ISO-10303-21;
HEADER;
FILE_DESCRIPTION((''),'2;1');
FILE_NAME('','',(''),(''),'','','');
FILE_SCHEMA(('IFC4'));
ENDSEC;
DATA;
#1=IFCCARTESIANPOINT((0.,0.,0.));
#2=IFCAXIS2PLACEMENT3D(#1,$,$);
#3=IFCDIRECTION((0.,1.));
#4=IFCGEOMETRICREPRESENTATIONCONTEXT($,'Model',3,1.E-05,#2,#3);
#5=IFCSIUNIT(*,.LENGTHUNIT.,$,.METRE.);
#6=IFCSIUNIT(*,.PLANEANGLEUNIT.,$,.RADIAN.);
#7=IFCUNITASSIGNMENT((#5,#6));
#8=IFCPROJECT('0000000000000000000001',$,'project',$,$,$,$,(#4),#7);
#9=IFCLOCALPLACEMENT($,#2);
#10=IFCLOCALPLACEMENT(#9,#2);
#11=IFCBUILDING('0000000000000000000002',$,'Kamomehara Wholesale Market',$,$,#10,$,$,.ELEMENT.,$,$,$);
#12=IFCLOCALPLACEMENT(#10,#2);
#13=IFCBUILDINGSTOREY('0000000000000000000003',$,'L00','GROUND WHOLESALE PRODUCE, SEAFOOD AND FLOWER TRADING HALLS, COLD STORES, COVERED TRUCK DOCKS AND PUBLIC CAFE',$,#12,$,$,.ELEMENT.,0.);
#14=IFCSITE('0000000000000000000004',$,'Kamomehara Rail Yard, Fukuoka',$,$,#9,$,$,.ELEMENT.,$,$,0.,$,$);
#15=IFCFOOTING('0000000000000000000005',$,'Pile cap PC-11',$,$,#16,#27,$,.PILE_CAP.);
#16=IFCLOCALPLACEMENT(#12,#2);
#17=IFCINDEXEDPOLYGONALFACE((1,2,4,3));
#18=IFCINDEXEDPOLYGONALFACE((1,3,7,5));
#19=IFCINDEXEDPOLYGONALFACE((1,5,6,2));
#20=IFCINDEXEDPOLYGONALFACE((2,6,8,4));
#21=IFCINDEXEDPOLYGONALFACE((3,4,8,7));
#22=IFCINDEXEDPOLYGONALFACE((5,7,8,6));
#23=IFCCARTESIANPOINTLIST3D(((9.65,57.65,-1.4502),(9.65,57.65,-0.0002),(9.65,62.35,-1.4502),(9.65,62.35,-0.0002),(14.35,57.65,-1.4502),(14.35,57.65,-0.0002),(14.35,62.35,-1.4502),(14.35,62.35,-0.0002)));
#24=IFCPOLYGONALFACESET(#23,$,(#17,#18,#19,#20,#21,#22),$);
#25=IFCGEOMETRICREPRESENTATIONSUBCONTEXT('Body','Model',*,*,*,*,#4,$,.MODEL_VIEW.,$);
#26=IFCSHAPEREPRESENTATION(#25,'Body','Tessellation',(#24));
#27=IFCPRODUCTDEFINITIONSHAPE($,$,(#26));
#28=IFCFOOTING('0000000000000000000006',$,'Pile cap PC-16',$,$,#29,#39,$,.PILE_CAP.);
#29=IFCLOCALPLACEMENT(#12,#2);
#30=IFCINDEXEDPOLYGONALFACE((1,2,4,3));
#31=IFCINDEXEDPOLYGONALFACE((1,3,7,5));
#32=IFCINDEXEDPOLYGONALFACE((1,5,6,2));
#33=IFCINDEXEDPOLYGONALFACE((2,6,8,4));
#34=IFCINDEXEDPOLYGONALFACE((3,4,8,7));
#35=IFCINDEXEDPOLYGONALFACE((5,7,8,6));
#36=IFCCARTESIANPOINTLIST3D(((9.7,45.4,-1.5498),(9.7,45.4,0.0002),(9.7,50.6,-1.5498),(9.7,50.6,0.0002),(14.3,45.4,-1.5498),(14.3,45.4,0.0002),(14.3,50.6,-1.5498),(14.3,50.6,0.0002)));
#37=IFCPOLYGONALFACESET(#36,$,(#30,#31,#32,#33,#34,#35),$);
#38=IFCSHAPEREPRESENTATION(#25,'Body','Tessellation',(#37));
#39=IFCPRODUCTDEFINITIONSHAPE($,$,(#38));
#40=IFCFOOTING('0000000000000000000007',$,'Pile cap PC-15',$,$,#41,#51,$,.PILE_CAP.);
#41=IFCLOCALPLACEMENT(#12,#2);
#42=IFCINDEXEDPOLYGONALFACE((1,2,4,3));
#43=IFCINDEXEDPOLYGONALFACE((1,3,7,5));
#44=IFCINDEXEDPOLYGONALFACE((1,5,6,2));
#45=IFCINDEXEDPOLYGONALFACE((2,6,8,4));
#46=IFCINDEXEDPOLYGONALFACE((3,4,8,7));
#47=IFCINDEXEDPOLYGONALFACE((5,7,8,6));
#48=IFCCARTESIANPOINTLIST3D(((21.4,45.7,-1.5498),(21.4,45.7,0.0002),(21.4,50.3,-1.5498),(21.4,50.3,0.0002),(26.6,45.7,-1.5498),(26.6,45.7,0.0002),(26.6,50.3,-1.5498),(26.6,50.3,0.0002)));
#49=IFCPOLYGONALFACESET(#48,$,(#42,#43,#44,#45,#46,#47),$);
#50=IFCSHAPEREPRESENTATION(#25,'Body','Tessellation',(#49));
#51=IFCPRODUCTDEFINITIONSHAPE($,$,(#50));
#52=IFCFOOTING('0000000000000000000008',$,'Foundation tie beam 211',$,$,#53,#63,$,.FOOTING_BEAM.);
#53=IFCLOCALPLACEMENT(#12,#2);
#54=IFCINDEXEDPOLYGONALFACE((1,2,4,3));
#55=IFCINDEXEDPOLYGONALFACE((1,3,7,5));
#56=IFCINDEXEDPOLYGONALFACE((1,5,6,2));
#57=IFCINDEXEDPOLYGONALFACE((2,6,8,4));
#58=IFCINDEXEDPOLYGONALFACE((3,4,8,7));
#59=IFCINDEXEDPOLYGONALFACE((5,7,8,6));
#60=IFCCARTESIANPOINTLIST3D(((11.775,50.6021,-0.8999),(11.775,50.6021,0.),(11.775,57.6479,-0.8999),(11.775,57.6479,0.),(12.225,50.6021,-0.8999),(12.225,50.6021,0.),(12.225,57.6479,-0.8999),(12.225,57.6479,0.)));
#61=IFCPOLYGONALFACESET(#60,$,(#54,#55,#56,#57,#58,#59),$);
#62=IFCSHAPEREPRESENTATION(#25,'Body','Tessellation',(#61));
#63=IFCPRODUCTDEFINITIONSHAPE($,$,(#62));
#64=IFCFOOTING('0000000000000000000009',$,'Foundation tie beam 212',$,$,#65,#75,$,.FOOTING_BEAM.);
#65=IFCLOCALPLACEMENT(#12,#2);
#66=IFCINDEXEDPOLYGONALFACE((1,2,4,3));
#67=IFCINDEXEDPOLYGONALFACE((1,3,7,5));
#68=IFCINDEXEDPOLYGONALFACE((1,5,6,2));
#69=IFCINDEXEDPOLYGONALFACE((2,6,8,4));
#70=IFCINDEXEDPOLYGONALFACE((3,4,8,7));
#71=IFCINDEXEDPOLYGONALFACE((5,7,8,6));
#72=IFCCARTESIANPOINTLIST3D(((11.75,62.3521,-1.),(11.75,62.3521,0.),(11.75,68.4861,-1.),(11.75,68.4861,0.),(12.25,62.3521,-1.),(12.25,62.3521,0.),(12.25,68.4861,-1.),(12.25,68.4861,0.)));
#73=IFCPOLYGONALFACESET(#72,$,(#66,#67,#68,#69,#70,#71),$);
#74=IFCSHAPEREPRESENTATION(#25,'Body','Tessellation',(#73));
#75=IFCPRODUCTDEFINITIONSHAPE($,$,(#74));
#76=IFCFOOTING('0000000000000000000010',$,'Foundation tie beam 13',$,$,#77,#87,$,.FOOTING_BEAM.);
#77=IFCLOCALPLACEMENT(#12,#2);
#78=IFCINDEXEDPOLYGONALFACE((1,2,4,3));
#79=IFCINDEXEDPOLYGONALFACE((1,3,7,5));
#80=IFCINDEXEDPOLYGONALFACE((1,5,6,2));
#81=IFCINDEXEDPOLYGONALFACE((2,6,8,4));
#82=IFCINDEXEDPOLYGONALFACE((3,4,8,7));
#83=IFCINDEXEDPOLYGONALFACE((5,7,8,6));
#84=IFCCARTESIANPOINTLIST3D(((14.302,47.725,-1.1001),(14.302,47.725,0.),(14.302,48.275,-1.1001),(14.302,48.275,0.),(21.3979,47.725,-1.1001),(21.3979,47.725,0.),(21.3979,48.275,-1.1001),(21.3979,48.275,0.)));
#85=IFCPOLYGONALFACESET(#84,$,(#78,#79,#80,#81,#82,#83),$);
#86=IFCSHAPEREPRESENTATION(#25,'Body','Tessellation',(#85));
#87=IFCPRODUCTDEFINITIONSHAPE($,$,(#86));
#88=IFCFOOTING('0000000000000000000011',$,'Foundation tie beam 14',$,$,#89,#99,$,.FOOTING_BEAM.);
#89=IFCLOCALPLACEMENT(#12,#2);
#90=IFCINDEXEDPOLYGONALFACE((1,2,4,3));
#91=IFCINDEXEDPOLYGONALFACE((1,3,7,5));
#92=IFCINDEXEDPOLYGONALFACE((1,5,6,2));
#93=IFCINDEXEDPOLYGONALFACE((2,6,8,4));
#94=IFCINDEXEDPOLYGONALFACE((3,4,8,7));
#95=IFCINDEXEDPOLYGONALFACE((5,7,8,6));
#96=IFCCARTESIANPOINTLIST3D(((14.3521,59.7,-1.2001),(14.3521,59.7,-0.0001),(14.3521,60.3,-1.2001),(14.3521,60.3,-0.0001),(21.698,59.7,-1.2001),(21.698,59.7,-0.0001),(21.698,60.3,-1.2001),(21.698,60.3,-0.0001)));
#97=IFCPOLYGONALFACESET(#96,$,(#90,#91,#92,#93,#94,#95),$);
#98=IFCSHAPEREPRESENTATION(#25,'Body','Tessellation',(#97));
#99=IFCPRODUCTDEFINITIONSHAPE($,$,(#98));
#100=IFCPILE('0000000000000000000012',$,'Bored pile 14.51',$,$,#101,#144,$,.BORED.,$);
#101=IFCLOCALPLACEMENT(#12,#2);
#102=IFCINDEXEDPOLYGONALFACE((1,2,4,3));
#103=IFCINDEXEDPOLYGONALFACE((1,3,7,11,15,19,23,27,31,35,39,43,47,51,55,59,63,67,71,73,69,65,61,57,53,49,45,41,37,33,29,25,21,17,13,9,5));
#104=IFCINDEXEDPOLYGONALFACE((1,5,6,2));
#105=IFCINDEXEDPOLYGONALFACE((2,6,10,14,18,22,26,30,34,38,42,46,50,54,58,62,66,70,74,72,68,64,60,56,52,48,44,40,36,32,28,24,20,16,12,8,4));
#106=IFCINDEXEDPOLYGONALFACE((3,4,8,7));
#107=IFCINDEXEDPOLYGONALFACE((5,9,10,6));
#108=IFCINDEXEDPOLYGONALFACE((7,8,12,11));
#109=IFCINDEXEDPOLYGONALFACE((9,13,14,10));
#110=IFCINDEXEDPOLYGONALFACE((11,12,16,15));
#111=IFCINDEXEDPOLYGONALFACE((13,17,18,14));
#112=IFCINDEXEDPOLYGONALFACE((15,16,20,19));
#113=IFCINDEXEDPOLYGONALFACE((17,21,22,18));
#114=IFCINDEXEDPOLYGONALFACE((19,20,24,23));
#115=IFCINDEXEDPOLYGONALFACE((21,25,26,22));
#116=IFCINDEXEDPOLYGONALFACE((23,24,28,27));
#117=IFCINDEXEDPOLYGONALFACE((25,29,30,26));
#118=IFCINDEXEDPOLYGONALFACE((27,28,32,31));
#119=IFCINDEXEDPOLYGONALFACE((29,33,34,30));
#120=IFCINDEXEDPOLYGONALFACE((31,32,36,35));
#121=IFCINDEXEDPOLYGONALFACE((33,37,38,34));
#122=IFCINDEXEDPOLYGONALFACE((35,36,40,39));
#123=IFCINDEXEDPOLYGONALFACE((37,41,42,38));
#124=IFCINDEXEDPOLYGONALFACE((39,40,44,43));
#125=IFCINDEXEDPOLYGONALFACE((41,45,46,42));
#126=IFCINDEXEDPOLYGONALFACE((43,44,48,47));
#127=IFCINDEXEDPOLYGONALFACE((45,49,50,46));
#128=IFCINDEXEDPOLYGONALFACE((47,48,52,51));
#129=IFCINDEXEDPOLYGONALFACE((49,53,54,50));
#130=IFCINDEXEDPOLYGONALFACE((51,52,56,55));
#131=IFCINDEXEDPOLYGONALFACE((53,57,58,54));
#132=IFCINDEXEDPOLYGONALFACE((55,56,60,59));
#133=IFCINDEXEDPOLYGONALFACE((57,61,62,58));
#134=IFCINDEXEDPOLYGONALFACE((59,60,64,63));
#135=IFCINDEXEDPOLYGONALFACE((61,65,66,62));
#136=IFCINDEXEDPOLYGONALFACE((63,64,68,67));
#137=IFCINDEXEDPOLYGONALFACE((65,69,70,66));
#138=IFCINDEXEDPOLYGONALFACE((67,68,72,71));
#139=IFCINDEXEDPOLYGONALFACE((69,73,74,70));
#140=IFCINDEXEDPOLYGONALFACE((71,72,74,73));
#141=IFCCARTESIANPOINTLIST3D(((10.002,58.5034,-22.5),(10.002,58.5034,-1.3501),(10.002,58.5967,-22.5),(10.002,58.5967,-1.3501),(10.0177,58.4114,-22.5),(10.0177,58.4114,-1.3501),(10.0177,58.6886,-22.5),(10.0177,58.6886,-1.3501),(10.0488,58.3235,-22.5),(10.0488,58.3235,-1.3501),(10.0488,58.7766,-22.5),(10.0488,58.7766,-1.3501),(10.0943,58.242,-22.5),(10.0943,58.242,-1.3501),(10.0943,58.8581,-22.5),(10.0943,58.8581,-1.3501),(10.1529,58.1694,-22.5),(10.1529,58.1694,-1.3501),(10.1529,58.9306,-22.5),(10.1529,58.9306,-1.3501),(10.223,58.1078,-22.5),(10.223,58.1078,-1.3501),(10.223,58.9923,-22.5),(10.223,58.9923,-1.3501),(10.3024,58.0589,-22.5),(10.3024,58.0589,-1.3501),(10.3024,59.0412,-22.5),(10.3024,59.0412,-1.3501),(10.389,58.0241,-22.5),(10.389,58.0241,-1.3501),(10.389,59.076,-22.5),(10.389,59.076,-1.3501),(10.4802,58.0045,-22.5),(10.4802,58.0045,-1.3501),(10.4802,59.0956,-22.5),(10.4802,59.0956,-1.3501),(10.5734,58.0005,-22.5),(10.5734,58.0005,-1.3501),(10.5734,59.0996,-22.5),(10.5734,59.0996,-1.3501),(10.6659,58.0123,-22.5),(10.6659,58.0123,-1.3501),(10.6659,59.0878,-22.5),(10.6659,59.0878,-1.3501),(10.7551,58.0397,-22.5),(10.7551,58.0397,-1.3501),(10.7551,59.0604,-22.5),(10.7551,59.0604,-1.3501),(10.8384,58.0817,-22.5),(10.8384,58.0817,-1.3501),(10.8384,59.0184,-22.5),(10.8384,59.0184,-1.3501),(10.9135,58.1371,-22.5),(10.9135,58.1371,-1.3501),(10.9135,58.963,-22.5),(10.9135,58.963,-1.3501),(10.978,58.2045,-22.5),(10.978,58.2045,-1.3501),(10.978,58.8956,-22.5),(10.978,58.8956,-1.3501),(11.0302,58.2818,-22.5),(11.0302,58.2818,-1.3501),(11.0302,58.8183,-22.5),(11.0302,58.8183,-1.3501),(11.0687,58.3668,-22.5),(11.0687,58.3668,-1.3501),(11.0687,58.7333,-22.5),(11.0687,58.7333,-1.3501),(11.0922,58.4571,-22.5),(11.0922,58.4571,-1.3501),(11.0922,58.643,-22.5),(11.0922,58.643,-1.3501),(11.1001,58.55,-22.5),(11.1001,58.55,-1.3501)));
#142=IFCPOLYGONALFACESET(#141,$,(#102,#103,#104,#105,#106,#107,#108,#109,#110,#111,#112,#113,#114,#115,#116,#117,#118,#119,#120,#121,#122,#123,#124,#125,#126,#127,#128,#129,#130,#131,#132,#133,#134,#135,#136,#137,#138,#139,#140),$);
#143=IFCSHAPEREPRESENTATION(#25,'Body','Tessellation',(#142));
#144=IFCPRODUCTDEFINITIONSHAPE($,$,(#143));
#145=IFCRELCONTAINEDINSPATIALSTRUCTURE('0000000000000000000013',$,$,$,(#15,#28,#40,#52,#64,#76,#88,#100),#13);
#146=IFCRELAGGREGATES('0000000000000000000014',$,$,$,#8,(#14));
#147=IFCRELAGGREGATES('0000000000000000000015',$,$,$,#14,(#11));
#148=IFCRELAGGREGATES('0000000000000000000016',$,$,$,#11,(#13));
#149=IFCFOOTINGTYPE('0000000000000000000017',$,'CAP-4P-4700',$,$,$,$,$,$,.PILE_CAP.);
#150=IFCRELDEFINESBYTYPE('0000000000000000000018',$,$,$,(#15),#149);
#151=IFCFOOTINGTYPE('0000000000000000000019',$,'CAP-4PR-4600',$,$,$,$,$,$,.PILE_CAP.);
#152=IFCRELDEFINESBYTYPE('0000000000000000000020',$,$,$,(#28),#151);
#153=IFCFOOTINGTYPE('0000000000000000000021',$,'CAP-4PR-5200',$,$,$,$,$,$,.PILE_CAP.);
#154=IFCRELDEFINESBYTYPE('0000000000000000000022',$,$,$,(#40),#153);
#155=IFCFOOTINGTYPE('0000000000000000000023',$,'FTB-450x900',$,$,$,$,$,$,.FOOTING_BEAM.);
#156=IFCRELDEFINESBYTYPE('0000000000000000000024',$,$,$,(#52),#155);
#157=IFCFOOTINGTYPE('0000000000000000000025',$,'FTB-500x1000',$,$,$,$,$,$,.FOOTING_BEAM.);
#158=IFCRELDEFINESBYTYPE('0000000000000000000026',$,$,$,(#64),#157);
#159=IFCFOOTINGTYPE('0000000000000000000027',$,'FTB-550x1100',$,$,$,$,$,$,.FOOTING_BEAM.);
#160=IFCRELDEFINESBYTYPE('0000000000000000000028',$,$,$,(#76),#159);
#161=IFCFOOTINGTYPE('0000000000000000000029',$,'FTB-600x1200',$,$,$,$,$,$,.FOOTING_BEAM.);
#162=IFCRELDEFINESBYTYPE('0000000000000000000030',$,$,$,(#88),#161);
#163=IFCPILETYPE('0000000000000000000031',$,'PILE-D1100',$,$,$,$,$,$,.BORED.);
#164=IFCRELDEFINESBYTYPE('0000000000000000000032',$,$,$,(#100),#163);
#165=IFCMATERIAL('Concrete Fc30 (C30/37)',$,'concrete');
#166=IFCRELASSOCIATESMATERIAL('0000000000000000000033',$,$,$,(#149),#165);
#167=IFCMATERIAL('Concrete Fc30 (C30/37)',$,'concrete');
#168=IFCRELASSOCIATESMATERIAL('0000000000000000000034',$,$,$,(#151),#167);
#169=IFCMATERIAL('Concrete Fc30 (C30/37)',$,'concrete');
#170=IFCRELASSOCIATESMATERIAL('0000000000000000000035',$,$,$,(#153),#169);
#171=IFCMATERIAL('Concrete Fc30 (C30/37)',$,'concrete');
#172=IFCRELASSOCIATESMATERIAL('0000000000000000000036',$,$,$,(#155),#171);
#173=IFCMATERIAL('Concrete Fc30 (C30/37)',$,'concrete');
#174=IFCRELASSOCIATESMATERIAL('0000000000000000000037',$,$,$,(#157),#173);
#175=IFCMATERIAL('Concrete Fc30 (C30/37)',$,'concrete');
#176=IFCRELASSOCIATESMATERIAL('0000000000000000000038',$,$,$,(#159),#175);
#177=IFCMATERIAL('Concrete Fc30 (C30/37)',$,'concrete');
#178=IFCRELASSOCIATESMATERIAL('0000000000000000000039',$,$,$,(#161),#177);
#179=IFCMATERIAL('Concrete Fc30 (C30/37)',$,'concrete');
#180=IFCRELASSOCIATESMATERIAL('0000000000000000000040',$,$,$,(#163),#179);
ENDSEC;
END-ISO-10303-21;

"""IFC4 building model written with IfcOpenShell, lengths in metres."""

from ifc_helpers import new_model, si_unit, direction, frame, origin, origin_2d, place, context, subcontext, project, spatial, rectangle, circle, extrude, material, material_profile, profile_set, type_object, element, save


model = new_model("IFC4")

# Units and contexts
model_context = context("Model", 3, precision=1e-05, world=origin(), true_north=direction((0.0, 1.0)))
body_context = subcontext(model_context, "Body", "Model", "MODEL_VIEW")
ifc_project = project(units=[si_unit("LENGTHUNIT", "METRE"), si_unit("PLANEANGLEUNIT", "RADIAN")], contexts=[model_context])

# Site, building, storey
site_placement = place(None, origin())
site = spatial("IfcSite", under=ifc_project, at=site_placement, Name="Kamomehara Rail Yard, Fukuoka", CompositionType="ELEMENT", RefElevation=0.0)
building_placement = place(site_placement, origin())
building = spatial("IfcBuilding", under=site, at=building_placement, Name="Kamomehara Wholesale Market", CompositionType="ELEMENT")
storey_placement = place(building_placement, origin())
storey = spatial("IfcBuildingStorey", under=building, at=storey_placement, Name="L00", Description="GROUND WHOLESALE PRODUCE, SEAFOOD AND FLOWER TRADING HALLS, COLD STORES, COVERED TRUCK DOCKS AND PUBLIC CAFE", CompositionType="ELEMENT", Elevation=0.0)

# Footings
ifc_material_1 = material(Name="Concrete Fc30 (C30/37)", Category="concrete")
footing_type_1 = type_object("IfcFootingType", Name="CAP-4P-4700", PredefinedType="PILE_CAP", material=ifc_material_1)
footing_1_placement = place(storey_placement, frame((12.0, 60.0, -1.4502), z_axis=(0.0, 0.0, 1.0), x_axis=(1.0, 0.0, 0.0)))
element("IfcFooting", 1, at=footing_1_placement, inside=storey, type_object=footing_type_1, Name="Pile cap PC-11", PredefinedType="PILE_CAP", context=body_context, shape_type="SweptSolid", body=[
    extrude(rectangle(XDim=4.7, YDim=4.7, at=origin_2d()), origin(), (0.0, 0.0, 1.0), 1.45),
])
ifc_material_2 = material(Name="Concrete Fc30 (C30/37)", Category="concrete")
footing_type_2 = type_object("IfcFootingType", Name="CAP-4PR-4600", PredefinedType="PILE_CAP", material=ifc_material_2)
footing_2_placement = place(storey_placement, frame((12.0, 48.0, -1.5498), z_axis=(0.0, 0.0, 1.0), x_axis=(1.0, 0.0, 0.0)))
element("IfcFooting", 2, at=footing_2_placement, inside=storey, type_object=footing_type_2, Name="Pile cap PC-16", PredefinedType="PILE_CAP", context=body_context, shape_type="SweptSolid", body=[
    extrude(rectangle(XDim=4.6001, YDim=5.2, at=origin_2d()), origin(), (0.0, 0.0, 1.0), 1.55),
])
ifc_material_3 = material(Name="Concrete Fc30 (C30/37)", Category="concrete")
footing_type_3 = type_object("IfcFootingType", Name="CAP-4PR-5200", PredefinedType="PILE_CAP", material=ifc_material_3)
footing_3_placement = place(storey_placement, frame((24.0, 48.0, -1.5498), z_axis=(0.0, 0.0, 1.0), x_axis=(1.0, 0.0, 0.0)))
element("IfcFooting", 3, at=footing_3_placement, inside=storey, type_object=footing_type_3, Name="Pile cap PC-15", PredefinedType="PILE_CAP", context=body_context, shape_type="SweptSolid", body=[
    extrude(rectangle(XDim=5.2, YDim=4.6001, at=origin_2d()), origin(), (0.0, 0.0, 1.0), 1.55),
])
ifc_material_4 = material(Name="Concrete Fc30 (C30/37)", Category="concrete")
ifc_material_profile_1 = material_profile(ifc_material_4, rectangle(XDim=0.45, YDim=0.8999, at=origin_2d()), Name="RC-FTB-450x900")
ifc_profile_set_1 = profile_set([ifc_material_profile_1], Name="Concrete Fc30 (C30/37)")
footing_type_4 = type_object("IfcFootingType", Name="FTB-450x900", PredefinedType="FOOTING_BEAM", material=ifc_profile_set_1)
footing_4_placement = place(storey_placement, frame((12.0, 50.6021, -0.45), z_axis=(0.0, 1.0, 0.0), x_axis=(-1.0, 0.0, 0.0)))
element("IfcFooting", 4, at=footing_4_placement, inside=storey, type_object=footing_type_4, Name="Foundation tie beam 211", PredefinedType="FOOTING_BEAM", context=body_context, shape_type="SweptSolid", body=[
    extrude(rectangle(XDim=0.45, YDim=0.8999, at=origin_2d()), origin(), (0.0, 0.0, 1.0), 7.0459),
])
ifc_material_5 = material(Name="Concrete Fc30 (C30/37)", Category="concrete")
ifc_material_profile_2 = material_profile(ifc_material_5, rectangle(XDim=0.5, YDim=1.0, at=origin_2d()), Name="RC-FTB-500x1000")
ifc_profile_set_2 = profile_set([ifc_material_profile_2], Name="Concrete Fc30 (C30/37)")
footing_type_5 = type_object("IfcFootingType", Name="FTB-500x1000", PredefinedType="FOOTING_BEAM", material=ifc_profile_set_2)
footing_5_placement = place(storey_placement, frame((12.0, 62.3521, -0.5), z_axis=(0.0, 1.0, 0.0), x_axis=(-1.0, 0.0, 0.0)))
element("IfcFooting", 5, at=footing_5_placement, inside=storey, type_object=footing_type_5, Name="Foundation tie beam 212", PredefinedType="FOOTING_BEAM", context=body_context, shape_type="SweptSolid", body=[
    extrude(rectangle(XDim=0.5, YDim=1.0, at=origin_2d()), origin(), (0.0, 0.0, 1.0), 6.134),
])
ifc_material_6 = material(Name="Concrete Fc30 (C30/37)", Category="concrete")
ifc_material_profile_3 = material_profile(ifc_material_6, rectangle(XDim=0.55, YDim=1.1001, at=origin_2d()), Name="RC-FTB-550x1100")
ifc_profile_set_3 = profile_set([ifc_material_profile_3], Name="Concrete Fc30 (C30/37)")
footing_type_6 = type_object("IfcFootingType", Name="FTB-550x1100", PredefinedType="FOOTING_BEAM", material=ifc_profile_set_3)
footing_6_placement = place(storey_placement, frame((14.302, 48.0, -0.55), z_axis=(1.0, 0.0, 0.0), x_axis=(0.0, 1.0, 0.0)))
element("IfcFooting", 6, at=footing_6_placement, inside=storey, type_object=footing_type_6, Name="Foundation tie beam 13", PredefinedType="FOOTING_BEAM", context=body_context, shape_type="SweptSolid", body=[
    extrude(rectangle(XDim=0.55, YDim=1.1001, at=origin_2d()), origin(), (0.0, 0.0, 1.0), 7.0959),
])
ifc_material_7 = material(Name="Concrete Fc30 (C30/37)", Category="concrete")
ifc_material_profile_4 = material_profile(ifc_material_7, rectangle(XDim=0.6001, YDim=1.2, at=origin_2d()), Name="RC-FTB-600x1200")
ifc_profile_set_4 = profile_set([ifc_material_profile_4], Name="Concrete Fc30 (C30/37)")
footing_type_7 = type_object("IfcFootingType", Name="FTB-600x1200", PredefinedType="FOOTING_BEAM", material=ifc_profile_set_4)
footing_7_placement = place(storey_placement, frame((14.3521, 60.0, -0.6001), z_axis=(1.0, 0.0, 0.0), x_axis=(0.0, 1.0, 0.0)))
element("IfcFooting", 7, at=footing_7_placement, inside=storey, type_object=footing_type_7, Name="Foundation tie beam 14", PredefinedType="FOOTING_BEAM", context=body_context, shape_type="SweptSolid", body=[
    extrude(rectangle(XDim=0.6001, YDim=1.2, at=origin_2d()), origin(), (0.0, 0.0, 1.0), 7.3459),
])

# Pile
ifc_material_8 = material(Name="Concrete Fc30 (C30/37)", Category="concrete")
ifc_material_profile_5 = material_profile(ifc_material_8, circle(Radius=0.55, at=origin_2d()), Name="RC-PILE-D1100")
ifc_profile_set_5 = profile_set([ifc_material_profile_5], Name="Concrete Fc30 (C30/37)")
pile_type_1 = type_object("IfcPileType", Name="PILE-D1100", PredefinedType="BORED", material=ifc_profile_set_5)
for number, where, z_axis, x_axis, name in (
    (8, (10.55, 58.55, -1.3501), (0.0, 0.0, -1.0), (1.0, 0.0, 0.0), "Bored pile 14.51"),
):
    element("IfcPile", number, at=place(storey_placement, frame(where, z_axis=z_axis, x_axis=x_axis)), inside=storey, type_object=pile_type_1, Name=name, PredefinedType="BORED", context=body_context, shape_type="SweptSolid", body=[
        extrude(circle(Radius=0.55, at=origin_2d()), origin(), (0.0, 0.0, 1.0), 21.1499),
    ])

save(model, "model.ifc")
